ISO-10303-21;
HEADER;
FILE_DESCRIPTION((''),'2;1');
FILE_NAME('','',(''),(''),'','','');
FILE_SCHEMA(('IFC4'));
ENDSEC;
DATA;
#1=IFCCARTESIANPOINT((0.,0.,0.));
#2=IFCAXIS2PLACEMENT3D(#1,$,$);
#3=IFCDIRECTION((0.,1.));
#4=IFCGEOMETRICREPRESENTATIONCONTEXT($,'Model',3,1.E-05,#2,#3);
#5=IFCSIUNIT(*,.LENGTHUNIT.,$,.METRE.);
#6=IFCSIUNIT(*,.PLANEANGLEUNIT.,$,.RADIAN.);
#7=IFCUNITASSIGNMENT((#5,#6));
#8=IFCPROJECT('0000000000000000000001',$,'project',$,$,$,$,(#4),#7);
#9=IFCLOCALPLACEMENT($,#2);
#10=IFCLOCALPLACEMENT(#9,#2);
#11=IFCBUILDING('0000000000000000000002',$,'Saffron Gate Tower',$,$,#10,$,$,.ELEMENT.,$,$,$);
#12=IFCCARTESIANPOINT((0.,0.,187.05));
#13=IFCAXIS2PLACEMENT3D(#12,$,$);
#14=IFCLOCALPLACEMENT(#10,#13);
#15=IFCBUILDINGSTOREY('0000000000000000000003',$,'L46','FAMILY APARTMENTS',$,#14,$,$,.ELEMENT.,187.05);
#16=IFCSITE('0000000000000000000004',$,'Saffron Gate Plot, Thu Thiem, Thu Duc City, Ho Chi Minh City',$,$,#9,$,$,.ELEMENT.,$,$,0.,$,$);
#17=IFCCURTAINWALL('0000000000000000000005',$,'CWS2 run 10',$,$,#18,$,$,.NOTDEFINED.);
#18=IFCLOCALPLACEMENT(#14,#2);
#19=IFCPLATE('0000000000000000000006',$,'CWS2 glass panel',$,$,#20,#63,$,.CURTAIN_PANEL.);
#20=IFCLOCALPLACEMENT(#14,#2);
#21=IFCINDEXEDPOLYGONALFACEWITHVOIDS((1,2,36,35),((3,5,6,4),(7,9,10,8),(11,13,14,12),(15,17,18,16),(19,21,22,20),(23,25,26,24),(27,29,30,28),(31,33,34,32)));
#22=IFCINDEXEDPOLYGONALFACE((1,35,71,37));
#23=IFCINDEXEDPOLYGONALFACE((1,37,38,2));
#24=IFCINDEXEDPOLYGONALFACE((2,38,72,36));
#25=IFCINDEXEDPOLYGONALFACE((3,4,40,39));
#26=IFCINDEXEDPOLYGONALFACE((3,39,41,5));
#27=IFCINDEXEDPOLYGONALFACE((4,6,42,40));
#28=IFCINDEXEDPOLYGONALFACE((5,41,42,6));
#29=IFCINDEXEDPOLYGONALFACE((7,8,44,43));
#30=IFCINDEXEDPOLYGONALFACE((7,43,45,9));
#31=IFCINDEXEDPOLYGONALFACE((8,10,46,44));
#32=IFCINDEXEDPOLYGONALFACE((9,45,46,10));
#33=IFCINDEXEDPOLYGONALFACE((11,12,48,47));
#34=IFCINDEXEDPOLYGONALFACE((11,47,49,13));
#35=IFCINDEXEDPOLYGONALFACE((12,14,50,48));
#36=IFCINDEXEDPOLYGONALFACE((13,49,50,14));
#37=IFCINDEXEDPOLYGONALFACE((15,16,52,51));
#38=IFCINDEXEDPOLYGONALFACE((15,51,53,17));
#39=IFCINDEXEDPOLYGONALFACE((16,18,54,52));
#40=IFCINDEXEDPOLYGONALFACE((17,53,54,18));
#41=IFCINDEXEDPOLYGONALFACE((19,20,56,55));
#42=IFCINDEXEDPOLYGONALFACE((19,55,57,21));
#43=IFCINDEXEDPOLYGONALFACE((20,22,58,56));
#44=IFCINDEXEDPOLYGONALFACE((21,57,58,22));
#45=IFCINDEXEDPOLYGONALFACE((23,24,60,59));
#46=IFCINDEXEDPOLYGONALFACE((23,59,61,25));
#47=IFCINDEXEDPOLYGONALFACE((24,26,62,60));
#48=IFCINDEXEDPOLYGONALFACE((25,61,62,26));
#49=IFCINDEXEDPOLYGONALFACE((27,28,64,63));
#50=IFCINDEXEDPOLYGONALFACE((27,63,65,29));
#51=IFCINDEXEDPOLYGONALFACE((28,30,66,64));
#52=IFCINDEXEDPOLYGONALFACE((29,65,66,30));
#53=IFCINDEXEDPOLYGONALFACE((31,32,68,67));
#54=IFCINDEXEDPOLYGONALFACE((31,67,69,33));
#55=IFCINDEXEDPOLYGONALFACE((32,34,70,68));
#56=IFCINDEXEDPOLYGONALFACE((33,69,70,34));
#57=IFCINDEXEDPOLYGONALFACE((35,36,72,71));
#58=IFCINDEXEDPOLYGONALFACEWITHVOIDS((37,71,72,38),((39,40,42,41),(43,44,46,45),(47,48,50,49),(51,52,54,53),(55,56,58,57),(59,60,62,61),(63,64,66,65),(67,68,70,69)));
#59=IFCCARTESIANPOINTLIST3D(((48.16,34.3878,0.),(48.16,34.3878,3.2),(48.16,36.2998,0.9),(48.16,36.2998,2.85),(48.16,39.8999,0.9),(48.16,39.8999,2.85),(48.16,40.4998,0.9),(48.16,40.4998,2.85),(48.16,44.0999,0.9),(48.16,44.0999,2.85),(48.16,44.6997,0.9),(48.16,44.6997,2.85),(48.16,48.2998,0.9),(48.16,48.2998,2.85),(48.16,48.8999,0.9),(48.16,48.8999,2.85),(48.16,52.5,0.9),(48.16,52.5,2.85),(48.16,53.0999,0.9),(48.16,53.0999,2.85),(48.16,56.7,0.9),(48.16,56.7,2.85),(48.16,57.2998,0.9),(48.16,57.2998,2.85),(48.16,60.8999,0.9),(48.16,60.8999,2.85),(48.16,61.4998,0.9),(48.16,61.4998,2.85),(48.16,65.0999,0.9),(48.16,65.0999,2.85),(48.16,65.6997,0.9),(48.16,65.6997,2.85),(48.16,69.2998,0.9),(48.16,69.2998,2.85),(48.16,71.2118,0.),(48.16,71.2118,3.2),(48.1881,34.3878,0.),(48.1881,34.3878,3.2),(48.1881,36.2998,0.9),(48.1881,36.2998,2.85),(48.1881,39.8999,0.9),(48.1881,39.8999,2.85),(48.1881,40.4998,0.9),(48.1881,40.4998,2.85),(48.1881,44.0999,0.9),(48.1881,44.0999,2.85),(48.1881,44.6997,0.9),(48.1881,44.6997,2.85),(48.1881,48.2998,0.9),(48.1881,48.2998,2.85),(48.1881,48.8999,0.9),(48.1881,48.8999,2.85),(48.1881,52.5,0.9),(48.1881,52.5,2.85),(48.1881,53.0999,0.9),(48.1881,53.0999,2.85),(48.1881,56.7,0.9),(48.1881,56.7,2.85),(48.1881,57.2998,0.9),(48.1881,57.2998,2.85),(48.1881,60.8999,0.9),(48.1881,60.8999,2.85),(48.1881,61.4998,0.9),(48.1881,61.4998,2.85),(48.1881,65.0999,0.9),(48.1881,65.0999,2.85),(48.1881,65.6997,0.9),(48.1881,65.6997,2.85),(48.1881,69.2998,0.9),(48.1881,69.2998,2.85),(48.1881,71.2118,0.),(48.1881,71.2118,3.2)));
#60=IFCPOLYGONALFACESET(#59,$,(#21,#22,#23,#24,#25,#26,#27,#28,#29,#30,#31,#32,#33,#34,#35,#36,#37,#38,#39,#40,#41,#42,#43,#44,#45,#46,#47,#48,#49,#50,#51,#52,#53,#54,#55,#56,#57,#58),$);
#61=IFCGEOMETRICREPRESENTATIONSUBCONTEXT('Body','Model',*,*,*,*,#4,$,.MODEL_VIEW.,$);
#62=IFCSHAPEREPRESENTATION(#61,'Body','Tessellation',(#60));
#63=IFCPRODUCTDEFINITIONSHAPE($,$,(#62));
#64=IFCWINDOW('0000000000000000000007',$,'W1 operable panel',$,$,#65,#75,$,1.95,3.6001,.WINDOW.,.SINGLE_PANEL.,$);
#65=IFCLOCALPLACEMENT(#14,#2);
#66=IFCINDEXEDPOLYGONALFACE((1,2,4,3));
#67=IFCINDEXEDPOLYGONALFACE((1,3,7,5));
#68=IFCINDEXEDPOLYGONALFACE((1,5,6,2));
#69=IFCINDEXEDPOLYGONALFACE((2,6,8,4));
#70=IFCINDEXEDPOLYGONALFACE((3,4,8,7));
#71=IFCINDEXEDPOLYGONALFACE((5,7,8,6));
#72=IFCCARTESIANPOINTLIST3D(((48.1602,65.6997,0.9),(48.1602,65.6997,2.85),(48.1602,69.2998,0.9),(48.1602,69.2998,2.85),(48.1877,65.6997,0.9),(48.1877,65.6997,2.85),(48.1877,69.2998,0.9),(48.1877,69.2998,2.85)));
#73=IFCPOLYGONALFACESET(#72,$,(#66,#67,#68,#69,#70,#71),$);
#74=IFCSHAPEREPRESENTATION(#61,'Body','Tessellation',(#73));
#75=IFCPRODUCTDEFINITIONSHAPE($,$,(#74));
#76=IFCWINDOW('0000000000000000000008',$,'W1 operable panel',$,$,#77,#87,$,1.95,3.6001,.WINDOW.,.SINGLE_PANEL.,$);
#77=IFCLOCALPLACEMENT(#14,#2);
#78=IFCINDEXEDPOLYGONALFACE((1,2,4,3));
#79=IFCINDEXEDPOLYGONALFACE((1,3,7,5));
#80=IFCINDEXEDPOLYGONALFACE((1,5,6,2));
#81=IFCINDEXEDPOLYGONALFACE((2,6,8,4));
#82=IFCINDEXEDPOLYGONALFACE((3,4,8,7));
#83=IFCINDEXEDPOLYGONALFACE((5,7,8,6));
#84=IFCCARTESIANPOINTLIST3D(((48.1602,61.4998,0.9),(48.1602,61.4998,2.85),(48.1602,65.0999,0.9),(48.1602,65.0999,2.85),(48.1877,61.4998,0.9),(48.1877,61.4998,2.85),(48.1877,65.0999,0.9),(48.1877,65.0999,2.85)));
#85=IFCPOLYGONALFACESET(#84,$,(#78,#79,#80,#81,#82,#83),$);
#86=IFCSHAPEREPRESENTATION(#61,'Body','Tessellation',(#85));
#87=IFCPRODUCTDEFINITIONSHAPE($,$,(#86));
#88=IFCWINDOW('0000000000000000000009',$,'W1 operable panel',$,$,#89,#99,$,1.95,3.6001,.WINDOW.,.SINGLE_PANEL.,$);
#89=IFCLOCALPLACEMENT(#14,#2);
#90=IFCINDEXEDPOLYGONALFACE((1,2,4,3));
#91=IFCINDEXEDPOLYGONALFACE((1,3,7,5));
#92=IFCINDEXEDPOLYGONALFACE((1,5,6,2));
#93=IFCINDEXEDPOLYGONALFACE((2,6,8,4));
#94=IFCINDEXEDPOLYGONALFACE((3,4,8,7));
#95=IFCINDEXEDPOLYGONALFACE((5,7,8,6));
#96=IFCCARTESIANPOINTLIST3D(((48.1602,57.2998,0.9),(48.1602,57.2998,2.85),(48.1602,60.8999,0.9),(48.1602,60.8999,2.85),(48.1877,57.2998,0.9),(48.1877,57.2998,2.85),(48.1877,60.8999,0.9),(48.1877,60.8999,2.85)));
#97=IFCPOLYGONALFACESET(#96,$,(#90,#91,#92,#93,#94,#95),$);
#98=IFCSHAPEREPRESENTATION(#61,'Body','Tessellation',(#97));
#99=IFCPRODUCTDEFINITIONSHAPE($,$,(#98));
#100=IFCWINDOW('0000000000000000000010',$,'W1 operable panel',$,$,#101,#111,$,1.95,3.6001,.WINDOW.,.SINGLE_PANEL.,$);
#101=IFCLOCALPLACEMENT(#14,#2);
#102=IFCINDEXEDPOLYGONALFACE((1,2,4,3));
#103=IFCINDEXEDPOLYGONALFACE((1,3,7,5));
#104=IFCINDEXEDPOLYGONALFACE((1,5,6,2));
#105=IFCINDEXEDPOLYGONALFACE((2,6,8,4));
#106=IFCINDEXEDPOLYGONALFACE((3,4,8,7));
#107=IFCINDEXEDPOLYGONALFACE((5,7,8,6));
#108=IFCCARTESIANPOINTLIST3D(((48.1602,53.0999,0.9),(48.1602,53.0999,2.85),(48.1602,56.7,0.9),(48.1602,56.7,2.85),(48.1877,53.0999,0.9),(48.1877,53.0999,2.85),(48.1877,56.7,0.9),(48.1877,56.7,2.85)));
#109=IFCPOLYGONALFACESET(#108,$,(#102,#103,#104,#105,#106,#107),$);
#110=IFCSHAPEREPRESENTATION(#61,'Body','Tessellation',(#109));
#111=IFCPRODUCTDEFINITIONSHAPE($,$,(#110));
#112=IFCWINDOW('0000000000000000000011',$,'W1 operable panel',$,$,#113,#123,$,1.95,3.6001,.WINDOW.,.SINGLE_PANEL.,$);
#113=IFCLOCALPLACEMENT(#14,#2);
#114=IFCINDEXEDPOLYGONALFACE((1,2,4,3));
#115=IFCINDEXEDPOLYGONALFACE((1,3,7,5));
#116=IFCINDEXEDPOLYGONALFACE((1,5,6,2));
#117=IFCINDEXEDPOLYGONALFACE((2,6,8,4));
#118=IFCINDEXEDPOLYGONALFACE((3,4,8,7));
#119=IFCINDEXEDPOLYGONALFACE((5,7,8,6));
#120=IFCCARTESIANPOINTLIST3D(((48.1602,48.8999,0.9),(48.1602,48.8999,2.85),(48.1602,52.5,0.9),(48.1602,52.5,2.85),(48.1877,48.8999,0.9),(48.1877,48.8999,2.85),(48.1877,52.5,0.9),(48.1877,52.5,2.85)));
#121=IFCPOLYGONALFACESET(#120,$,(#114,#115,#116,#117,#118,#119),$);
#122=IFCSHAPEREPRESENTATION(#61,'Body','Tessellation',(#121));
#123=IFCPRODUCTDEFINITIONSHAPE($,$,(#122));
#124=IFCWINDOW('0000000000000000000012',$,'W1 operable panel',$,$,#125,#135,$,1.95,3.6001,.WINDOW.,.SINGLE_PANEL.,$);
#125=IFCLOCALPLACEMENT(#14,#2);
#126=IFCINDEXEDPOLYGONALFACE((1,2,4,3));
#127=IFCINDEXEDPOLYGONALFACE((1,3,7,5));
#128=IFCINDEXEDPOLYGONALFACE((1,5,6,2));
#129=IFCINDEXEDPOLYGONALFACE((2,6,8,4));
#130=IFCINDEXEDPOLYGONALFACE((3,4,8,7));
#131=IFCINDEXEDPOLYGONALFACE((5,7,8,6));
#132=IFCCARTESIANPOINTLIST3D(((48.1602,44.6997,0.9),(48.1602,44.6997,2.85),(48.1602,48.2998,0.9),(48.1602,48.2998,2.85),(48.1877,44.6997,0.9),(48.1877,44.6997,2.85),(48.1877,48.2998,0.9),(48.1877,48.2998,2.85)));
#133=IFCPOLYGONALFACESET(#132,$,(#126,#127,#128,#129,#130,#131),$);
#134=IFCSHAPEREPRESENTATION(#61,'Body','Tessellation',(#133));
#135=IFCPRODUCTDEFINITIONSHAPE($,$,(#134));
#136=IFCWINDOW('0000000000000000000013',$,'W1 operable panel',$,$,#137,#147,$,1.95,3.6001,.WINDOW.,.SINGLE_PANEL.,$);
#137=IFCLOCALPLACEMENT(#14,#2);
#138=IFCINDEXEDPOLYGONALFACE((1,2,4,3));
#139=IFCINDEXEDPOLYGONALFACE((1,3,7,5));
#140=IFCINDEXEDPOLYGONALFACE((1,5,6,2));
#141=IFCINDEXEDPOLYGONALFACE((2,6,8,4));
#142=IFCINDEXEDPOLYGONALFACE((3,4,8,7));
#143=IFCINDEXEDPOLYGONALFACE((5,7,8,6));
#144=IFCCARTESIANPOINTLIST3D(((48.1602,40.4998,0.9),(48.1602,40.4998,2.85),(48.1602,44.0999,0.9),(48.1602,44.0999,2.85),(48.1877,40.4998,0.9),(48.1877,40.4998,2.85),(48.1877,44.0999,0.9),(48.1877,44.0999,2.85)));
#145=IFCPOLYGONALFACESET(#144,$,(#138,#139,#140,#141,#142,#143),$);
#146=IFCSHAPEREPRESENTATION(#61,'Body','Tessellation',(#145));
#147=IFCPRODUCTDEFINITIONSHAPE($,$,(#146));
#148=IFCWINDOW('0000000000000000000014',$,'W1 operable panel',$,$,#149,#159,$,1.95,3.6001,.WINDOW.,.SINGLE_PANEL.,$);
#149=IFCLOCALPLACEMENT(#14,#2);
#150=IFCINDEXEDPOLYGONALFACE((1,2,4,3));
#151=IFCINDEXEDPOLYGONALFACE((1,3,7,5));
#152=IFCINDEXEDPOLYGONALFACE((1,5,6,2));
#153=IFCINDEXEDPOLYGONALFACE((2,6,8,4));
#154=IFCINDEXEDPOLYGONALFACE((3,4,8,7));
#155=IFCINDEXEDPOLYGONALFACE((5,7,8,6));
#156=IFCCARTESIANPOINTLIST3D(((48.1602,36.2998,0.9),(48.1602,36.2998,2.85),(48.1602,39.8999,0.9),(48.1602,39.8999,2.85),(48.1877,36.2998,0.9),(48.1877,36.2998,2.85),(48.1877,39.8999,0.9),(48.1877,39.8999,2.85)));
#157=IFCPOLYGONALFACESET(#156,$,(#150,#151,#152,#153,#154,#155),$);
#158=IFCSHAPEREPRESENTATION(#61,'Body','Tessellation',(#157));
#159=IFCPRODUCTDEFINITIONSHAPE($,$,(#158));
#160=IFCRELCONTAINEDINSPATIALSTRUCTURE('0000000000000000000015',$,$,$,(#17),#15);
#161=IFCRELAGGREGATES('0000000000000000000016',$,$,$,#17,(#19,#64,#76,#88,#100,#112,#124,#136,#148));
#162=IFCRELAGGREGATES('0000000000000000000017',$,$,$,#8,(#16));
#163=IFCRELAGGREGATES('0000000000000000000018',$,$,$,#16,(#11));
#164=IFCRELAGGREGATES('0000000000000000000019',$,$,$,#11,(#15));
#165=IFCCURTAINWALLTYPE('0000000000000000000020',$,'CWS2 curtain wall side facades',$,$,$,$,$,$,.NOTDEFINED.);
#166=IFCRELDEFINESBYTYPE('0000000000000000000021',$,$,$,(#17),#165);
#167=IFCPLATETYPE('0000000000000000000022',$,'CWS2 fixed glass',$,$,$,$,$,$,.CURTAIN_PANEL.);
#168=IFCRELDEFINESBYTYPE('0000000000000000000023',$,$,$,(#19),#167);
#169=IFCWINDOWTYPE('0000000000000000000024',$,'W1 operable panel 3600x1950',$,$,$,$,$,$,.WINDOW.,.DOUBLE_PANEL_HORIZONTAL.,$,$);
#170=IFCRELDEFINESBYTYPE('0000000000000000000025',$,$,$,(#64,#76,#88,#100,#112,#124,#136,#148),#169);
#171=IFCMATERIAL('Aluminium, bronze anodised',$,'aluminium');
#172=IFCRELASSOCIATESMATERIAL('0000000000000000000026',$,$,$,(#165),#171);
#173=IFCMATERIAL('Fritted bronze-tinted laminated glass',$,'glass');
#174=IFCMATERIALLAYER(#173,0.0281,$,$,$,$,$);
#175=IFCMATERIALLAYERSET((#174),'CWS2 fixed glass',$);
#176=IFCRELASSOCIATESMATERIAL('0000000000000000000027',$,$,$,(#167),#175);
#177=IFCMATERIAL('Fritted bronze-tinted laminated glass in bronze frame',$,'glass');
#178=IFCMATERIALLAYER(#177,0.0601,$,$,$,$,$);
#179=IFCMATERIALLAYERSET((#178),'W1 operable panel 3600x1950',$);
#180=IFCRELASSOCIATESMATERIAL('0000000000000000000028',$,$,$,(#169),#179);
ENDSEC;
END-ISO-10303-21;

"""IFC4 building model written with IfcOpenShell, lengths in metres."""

from ifc_helpers import new_model, si_unit, direction, frame, frame_2d, origin, place, context, subcontext, project, spatial, rectangle, extrude, material, layer, layer_set, type_object, element, fill, aggregate, save


model = new_model("IFC4")

# Units and contexts
model_context = context("Model", 3, precision=1e-05, world=origin(), true_north=direction((0.0, 1.0)))
body_context = subcontext(model_context, "Body", "Model", "MODEL_VIEW")
ifc_project = project(units=[si_unit("LENGTHUNIT", "METRE"), si_unit("PLANEANGLEUNIT", "RADIAN")], contexts=[model_context])

# Site, building, storey
site_placement = place(None, origin())
site = spatial("IfcSite", under=ifc_project, at=site_placement, Name="Saffron Gate Plot, Thu Thiem, Thu Duc City, Ho Chi Minh City", CompositionType="ELEMENT", RefElevation=0.0)
building_placement = place(site_placement, origin())
building = spatial("IfcBuilding", under=site, at=building_placement, Name="Saffron Gate Tower", CompositionType="ELEMENT")
storey_placement = place(building_placement, frame((0.0, 0.0, 187.05)))
storey = spatial("IfcBuildingStorey", under=building, at=storey_placement, Name="L46", Description="FAMILY APARTMENTS", CompositionType="ELEMENT", Elevation=187.05)

# Curtain wall
ifc_material_1 = material(Name="Aluminium, bronze anodised", Category="aluminium")
curtain_wall_type_1 = type_object("IfcCurtainWallType", Name="CWS2 curtain wall side facades", PredefinedType="NOTDEFINED", material=ifc_material_1)
curtain_wall_1_placement = place(storey_placement, origin())
curtain_wall_1 = element("IfcCurtainWall", 1, at=curtain_wall_1_placement, inside=storey, type_object=curtain_wall_type_1, Name="CWS2 run 10", PredefinedType="NOTDEFINED")

# Plate, openings, windows
ifc_material_2 = material(Name="Fritted bronze-tinted laminated glass", Category="glass")
ifc_layer_1 = layer(ifc_material_2, 0.0281)
ifc_layer_set_1 = layer_set([ifc_layer_1], Name="CWS2 fixed glass")
plate_type_1 = type_object("IfcPlateType", Name="CWS2 fixed glass", PredefinedType="CURTAIN_PANEL", material=ifc_layer_set_1)
plate_1_placement = place(storey_placement, frame((48.1741, 71.2119, 0.0), z_axis=(0.0, 0.0, 1.0), x_axis=(0.0, -1.0, 0.0)))
plate_1 = element("IfcPlate", 2, at=plate_1_placement, type_object=plate_type_1, Name="CWS2 glass panel", PredefinedType="CURTAIN_PANEL", context=body_context, shape_type="SweptSolid", body=[
    extrude(rectangle(XDim=36.824, YDim=0.0281, at=frame_2d((18.4121, 0.0))), origin(), (0.0, 0.0, 1.0), 3.2),
])
opening_1_placement = place(plate_1_placement, frame((1.9121, 0.0, 0.8999)))
opening_1 = element("IfcOpeningElement", 3, at=opening_1_placement, cuts=plate_1, PredefinedType="OPENING", context=body_context, shape_type="SweptSolid", body=[
    extrude(rectangle(XDim=3.6001, YDim=1.95, at=frame_2d((1.8, 0.9751))), frame((0.0, 0.0239, 0.0), z_axis=(0.0, -1.0, 0.0), x_axis=(1.0, 0.0, 0.0)), (0.0, 0.0, 1.0), 0.0481),
])
opening_2_placement = place(plate_1_placement, frame((6.1121, 0.0, 0.8999)))
opening_2 = element("IfcOpeningElement", 4, at=opening_2_placement, cuts=plate_1, PredefinedType="OPENING", context=body_context, shape_type="SweptSolid", body=[
    extrude(rectangle(XDim=3.6001, YDim=1.95, at=frame_2d((1.8, 0.9751))), frame((0.0, 0.0239, 0.0), z_axis=(0.0, -1.0, 0.0), x_axis=(1.0, 0.0, 0.0)), (0.0, 0.0, 1.0), 0.0481),
])
opening_3_placement = place(plate_1_placement, frame((10.312, 0.0, 0.8999)))
opening_3 = element("IfcOpeningElement", 5, at=opening_3_placement, cuts=plate_1, PredefinedType="OPENING", context=body_context, shape_type="SweptSolid", body=[
    extrude(rectangle(XDim=3.6001, YDim=1.95, at=frame_2d((1.8, 0.9751))), frame((0.0, 0.0239, 0.0), z_axis=(0.0, -1.0, 0.0), x_axis=(1.0, 0.0, 0.0)), (0.0, 0.0, 1.0), 0.0481),
])
opening_4_placement = place(plate_1_placement, frame((14.512, 0.0, 0.8999)))
opening_4 = element("IfcOpeningElement", 6, at=opening_4_placement, cuts=plate_1, PredefinedType="OPENING", context=body_context, shape_type="SweptSolid", body=[
    extrude(rectangle(XDim=3.6001, YDim=1.95, at=frame_2d((1.8, 0.9751))), frame((0.0, 0.0239, 0.0), z_axis=(0.0, -1.0, 0.0), x_axis=(1.0, 0.0, 0.0)), (0.0, 0.0, 1.0), 0.0481),
])
opening_5_placement = place(plate_1_placement, frame((18.7119, 0.0, 0.8999)))
opening_5 = element("IfcOpeningElement", 7, at=opening_5_placement, cuts=plate_1, PredefinedType="OPENING", context=body_context, shape_type="SweptSolid", body=[
    extrude(rectangle(XDim=3.6001, YDim=1.95, at=frame_2d((1.8, 0.9751))), frame((0.0, 0.0239, 0.0), z_axis=(0.0, -1.0, 0.0), x_axis=(1.0, 0.0, 0.0)), (0.0, 0.0, 1.0), 0.0481),
])
opening_6_placement = place(plate_1_placement, frame((22.9121, 0.0, 0.8999)))
opening_6 = element("IfcOpeningElement", 8, at=opening_6_placement, cuts=plate_1, PredefinedType="OPENING", context=body_context, shape_type="SweptSolid", body=[
    extrude(rectangle(XDim=3.6001, YDim=1.95, at=frame_2d((1.8, 0.9751))), frame((0.0, 0.0239, 0.0), z_axis=(0.0, -1.0, 0.0), x_axis=(1.0, 0.0, 0.0)), (0.0, 0.0, 1.0), 0.0481),
])
opening_7_placement = place(plate_1_placement, frame((27.1121, 0.0, 0.8999)))
opening_7 = element("IfcOpeningElement", 9, at=opening_7_placement, cuts=plate_1, PredefinedType="OPENING", context=body_context, shape_type="SweptSolid", body=[
    extrude(rectangle(XDim=3.6001, YDim=1.95, at=frame_2d((1.8, 0.9751))), frame((0.0, 0.0239, 0.0), z_axis=(0.0, -1.0, 0.0), x_axis=(1.0, 0.0, 0.0)), (0.0, 0.0, 1.0), 0.0481),
])
opening_8_placement = place(plate_1_placement, frame((31.312, 0.0, 0.8999)))
opening_8 = element("IfcOpeningElement", 10, at=opening_8_placement, cuts=plate_1, PredefinedType="OPENING", context=body_context, shape_type="SweptSolid", body=[
    extrude(rectangle(XDim=3.6001, YDim=1.95, at=frame_2d((1.8, 0.9751))), frame((0.0, 0.0239, 0.0), z_axis=(0.0, -1.0, 0.0), x_axis=(1.0, 0.0, 0.0)), (0.0, 0.0, 1.0), 0.0481),
])
ifc_material_3 = material(Name="Fritted bronze-tinted laminated glass in bronze frame", Category="glass")
ifc_layer_2 = layer(ifc_material_3, 0.0601)
ifc_layer_set_2 = layer_set([ifc_layer_2], Name="W1 operable panel 3600x1950")
window_type = type_object("IfcWindowType", Name="W1 operable panel 3600x1950", PartitioningType="DOUBLE_PANEL_HORIZONTAL", PredefinedType="WINDOW", material=ifc_layer_set_2)
window_1_placement = place(opening_1_placement, origin())
window_1 = element("IfcWindow", 11, at=window_1_placement, type_object=window_type, Name="W1 operable panel", OverallHeight=1.95, OverallWidth=3.6001, PartitioningType="SINGLE_PANEL", PredefinedType="WINDOW", context=body_context, shape_type="SweptSolid", body=[
    extrude(rectangle(XDim=3.6001, YDim=1.95, at=frame_2d((1.8, 0.9751))), frame((0.0, 0.0137, 0.0), z_axis=(0.0, -1.0, 0.0), x_axis=(1.0, 0.0, 0.0)), (0.0, 0.0, 1.0), 0.0276),
])
fill(opening_1, window_1)
window_2_placement = place(opening_2_placement, origin())
window_2 = element("IfcWindow", 12, at=window_2_placement, type_object=window_type, Name="W1 operable panel", OverallHeight=1.95, OverallWidth=3.6001, PartitioningType="SINGLE_PANEL", PredefinedType="WINDOW", context=body_context, shape_type="SweptSolid", body=[
    extrude(rectangle(XDim=3.6001, YDim=1.95, at=frame_2d((1.8, 0.9751))), frame((0.0, 0.0137, 0.0), z_axis=(0.0, -1.0, 0.0), x_axis=(1.0, 0.0, 0.0)), (0.0, 0.0, 1.0), 0.0276),
])
fill(opening_2, window_2)
window_3_placement = place(opening_3_placement, origin())
window_3 = element("IfcWindow", 13, at=window_3_placement, type_object=window_type, Name="W1 operable panel", OverallHeight=1.95, OverallWidth=3.6001, PartitioningType="SINGLE_PANEL", PredefinedType="WINDOW", context=body_context, shape_type="SweptSolid", body=[
    extrude(rectangle(XDim=3.6001, YDim=1.95, at=frame_2d((1.8, 0.9751))), frame((0.0, 0.0137, 0.0), z_axis=(0.0, -1.0, 0.0), x_axis=(1.0, 0.0, 0.0)), (0.0, 0.0, 1.0), 0.0276),
])
fill(opening_3, window_3)
window_4_placement = place(opening_4_placement, origin())
window_4 = element("IfcWindow", 14, at=window_4_placement, type_object=window_type, Name="W1 operable panel", OverallHeight=1.95, OverallWidth=3.6001, PartitioningType="SINGLE_PANEL", PredefinedType="WINDOW", context=body_context, shape_type="SweptSolid", body=[
    extrude(rectangle(XDim=3.6001, YDim=1.95, at=frame_2d((1.8, 0.9751))), frame((0.0, 0.0137, 0.0), z_axis=(0.0, -1.0, 0.0), x_axis=(1.0, 0.0, 0.0)), (0.0, 0.0, 1.0), 0.0276),
])
fill(opening_4, window_4)
window_5_placement = place(opening_5_placement, origin())
window_5 = element("IfcWindow", 15, at=window_5_placement, type_object=window_type, Name="W1 operable panel", OverallHeight=1.95, OverallWidth=3.6001, PartitioningType="SINGLE_PANEL", PredefinedType="WINDOW", context=body_context, shape_type="SweptSolid", body=[
    extrude(rectangle(XDim=3.6001, YDim=1.95, at=frame_2d((1.8, 0.9751))), frame((0.0, 0.0137, 0.0), z_axis=(0.0, -1.0, 0.0), x_axis=(1.0, 0.0, 0.0)), (0.0, 0.0, 1.0), 0.0276),
])
fill(opening_5, window_5)
window_6_placement = place(opening_6_placement, origin())
window_6 = element("IfcWindow", 16, at=window_6_placement, type_object=window_type, Name="W1 operable panel", OverallHeight=1.95, OverallWidth=3.6001, PartitioningType="SINGLE_PANEL", PredefinedType="WINDOW", context=body_context, shape_type="SweptSolid", body=[
    extrude(rectangle(XDim=3.6001, YDim=1.95, at=frame_2d((1.8, 0.9751))), frame((0.0, 0.0137, 0.0), z_axis=(0.0, -1.0, 0.0), x_axis=(1.0, 0.0, 0.0)), (0.0, 0.0, 1.0), 0.0276),
])
fill(opening_6, window_6)
window_7_placement = place(opening_7_placement, origin())
window_7 = element("IfcWindow", 17, at=window_7_placement, type_object=window_type, Name="W1 operable panel", OverallHeight=1.95, OverallWidth=3.6001, PartitioningType="SINGLE_PANEL", PredefinedType="WINDOW", context=body_context, shape_type="SweptSolid", body=[
    extrude(rectangle(XDim=3.6001, YDim=1.95, at=frame_2d((1.8, 0.9751))), frame((0.0, 0.0137, 0.0), z_axis=(0.0, -1.0, 0.0), x_axis=(1.0, 0.0, 0.0)), (0.0, 0.0, 1.0), 0.0276),
])
fill(opening_7, window_7)
window_8_placement = place(opening_8_placement, origin())
window_8 = element("IfcWindow", 18, at=window_8_placement, type_object=window_type, Name="W1 operable panel", OverallHeight=1.95, OverallWidth=3.6001, PartitioningType="SINGLE_PANEL", PredefinedType="WINDOW", context=body_context, shape_type="SweptSolid", body=[
    extrude(rectangle(XDim=3.6001, YDim=1.95, at=frame_2d((1.8, 0.9751))), frame((0.0, 0.0137, 0.0), z_axis=(0.0, -1.0, 0.0), x_axis=(1.0, 0.0, 0.0)), (0.0, 0.0, 1.0), 0.0276),
])
fill(opening_8, window_8)
aggregate(curtain_wall_1, [plate_1, window_1, window_2, window_3, window_4, window_5, window_6, window_7, window_8])

save(model, "model.ifc")
